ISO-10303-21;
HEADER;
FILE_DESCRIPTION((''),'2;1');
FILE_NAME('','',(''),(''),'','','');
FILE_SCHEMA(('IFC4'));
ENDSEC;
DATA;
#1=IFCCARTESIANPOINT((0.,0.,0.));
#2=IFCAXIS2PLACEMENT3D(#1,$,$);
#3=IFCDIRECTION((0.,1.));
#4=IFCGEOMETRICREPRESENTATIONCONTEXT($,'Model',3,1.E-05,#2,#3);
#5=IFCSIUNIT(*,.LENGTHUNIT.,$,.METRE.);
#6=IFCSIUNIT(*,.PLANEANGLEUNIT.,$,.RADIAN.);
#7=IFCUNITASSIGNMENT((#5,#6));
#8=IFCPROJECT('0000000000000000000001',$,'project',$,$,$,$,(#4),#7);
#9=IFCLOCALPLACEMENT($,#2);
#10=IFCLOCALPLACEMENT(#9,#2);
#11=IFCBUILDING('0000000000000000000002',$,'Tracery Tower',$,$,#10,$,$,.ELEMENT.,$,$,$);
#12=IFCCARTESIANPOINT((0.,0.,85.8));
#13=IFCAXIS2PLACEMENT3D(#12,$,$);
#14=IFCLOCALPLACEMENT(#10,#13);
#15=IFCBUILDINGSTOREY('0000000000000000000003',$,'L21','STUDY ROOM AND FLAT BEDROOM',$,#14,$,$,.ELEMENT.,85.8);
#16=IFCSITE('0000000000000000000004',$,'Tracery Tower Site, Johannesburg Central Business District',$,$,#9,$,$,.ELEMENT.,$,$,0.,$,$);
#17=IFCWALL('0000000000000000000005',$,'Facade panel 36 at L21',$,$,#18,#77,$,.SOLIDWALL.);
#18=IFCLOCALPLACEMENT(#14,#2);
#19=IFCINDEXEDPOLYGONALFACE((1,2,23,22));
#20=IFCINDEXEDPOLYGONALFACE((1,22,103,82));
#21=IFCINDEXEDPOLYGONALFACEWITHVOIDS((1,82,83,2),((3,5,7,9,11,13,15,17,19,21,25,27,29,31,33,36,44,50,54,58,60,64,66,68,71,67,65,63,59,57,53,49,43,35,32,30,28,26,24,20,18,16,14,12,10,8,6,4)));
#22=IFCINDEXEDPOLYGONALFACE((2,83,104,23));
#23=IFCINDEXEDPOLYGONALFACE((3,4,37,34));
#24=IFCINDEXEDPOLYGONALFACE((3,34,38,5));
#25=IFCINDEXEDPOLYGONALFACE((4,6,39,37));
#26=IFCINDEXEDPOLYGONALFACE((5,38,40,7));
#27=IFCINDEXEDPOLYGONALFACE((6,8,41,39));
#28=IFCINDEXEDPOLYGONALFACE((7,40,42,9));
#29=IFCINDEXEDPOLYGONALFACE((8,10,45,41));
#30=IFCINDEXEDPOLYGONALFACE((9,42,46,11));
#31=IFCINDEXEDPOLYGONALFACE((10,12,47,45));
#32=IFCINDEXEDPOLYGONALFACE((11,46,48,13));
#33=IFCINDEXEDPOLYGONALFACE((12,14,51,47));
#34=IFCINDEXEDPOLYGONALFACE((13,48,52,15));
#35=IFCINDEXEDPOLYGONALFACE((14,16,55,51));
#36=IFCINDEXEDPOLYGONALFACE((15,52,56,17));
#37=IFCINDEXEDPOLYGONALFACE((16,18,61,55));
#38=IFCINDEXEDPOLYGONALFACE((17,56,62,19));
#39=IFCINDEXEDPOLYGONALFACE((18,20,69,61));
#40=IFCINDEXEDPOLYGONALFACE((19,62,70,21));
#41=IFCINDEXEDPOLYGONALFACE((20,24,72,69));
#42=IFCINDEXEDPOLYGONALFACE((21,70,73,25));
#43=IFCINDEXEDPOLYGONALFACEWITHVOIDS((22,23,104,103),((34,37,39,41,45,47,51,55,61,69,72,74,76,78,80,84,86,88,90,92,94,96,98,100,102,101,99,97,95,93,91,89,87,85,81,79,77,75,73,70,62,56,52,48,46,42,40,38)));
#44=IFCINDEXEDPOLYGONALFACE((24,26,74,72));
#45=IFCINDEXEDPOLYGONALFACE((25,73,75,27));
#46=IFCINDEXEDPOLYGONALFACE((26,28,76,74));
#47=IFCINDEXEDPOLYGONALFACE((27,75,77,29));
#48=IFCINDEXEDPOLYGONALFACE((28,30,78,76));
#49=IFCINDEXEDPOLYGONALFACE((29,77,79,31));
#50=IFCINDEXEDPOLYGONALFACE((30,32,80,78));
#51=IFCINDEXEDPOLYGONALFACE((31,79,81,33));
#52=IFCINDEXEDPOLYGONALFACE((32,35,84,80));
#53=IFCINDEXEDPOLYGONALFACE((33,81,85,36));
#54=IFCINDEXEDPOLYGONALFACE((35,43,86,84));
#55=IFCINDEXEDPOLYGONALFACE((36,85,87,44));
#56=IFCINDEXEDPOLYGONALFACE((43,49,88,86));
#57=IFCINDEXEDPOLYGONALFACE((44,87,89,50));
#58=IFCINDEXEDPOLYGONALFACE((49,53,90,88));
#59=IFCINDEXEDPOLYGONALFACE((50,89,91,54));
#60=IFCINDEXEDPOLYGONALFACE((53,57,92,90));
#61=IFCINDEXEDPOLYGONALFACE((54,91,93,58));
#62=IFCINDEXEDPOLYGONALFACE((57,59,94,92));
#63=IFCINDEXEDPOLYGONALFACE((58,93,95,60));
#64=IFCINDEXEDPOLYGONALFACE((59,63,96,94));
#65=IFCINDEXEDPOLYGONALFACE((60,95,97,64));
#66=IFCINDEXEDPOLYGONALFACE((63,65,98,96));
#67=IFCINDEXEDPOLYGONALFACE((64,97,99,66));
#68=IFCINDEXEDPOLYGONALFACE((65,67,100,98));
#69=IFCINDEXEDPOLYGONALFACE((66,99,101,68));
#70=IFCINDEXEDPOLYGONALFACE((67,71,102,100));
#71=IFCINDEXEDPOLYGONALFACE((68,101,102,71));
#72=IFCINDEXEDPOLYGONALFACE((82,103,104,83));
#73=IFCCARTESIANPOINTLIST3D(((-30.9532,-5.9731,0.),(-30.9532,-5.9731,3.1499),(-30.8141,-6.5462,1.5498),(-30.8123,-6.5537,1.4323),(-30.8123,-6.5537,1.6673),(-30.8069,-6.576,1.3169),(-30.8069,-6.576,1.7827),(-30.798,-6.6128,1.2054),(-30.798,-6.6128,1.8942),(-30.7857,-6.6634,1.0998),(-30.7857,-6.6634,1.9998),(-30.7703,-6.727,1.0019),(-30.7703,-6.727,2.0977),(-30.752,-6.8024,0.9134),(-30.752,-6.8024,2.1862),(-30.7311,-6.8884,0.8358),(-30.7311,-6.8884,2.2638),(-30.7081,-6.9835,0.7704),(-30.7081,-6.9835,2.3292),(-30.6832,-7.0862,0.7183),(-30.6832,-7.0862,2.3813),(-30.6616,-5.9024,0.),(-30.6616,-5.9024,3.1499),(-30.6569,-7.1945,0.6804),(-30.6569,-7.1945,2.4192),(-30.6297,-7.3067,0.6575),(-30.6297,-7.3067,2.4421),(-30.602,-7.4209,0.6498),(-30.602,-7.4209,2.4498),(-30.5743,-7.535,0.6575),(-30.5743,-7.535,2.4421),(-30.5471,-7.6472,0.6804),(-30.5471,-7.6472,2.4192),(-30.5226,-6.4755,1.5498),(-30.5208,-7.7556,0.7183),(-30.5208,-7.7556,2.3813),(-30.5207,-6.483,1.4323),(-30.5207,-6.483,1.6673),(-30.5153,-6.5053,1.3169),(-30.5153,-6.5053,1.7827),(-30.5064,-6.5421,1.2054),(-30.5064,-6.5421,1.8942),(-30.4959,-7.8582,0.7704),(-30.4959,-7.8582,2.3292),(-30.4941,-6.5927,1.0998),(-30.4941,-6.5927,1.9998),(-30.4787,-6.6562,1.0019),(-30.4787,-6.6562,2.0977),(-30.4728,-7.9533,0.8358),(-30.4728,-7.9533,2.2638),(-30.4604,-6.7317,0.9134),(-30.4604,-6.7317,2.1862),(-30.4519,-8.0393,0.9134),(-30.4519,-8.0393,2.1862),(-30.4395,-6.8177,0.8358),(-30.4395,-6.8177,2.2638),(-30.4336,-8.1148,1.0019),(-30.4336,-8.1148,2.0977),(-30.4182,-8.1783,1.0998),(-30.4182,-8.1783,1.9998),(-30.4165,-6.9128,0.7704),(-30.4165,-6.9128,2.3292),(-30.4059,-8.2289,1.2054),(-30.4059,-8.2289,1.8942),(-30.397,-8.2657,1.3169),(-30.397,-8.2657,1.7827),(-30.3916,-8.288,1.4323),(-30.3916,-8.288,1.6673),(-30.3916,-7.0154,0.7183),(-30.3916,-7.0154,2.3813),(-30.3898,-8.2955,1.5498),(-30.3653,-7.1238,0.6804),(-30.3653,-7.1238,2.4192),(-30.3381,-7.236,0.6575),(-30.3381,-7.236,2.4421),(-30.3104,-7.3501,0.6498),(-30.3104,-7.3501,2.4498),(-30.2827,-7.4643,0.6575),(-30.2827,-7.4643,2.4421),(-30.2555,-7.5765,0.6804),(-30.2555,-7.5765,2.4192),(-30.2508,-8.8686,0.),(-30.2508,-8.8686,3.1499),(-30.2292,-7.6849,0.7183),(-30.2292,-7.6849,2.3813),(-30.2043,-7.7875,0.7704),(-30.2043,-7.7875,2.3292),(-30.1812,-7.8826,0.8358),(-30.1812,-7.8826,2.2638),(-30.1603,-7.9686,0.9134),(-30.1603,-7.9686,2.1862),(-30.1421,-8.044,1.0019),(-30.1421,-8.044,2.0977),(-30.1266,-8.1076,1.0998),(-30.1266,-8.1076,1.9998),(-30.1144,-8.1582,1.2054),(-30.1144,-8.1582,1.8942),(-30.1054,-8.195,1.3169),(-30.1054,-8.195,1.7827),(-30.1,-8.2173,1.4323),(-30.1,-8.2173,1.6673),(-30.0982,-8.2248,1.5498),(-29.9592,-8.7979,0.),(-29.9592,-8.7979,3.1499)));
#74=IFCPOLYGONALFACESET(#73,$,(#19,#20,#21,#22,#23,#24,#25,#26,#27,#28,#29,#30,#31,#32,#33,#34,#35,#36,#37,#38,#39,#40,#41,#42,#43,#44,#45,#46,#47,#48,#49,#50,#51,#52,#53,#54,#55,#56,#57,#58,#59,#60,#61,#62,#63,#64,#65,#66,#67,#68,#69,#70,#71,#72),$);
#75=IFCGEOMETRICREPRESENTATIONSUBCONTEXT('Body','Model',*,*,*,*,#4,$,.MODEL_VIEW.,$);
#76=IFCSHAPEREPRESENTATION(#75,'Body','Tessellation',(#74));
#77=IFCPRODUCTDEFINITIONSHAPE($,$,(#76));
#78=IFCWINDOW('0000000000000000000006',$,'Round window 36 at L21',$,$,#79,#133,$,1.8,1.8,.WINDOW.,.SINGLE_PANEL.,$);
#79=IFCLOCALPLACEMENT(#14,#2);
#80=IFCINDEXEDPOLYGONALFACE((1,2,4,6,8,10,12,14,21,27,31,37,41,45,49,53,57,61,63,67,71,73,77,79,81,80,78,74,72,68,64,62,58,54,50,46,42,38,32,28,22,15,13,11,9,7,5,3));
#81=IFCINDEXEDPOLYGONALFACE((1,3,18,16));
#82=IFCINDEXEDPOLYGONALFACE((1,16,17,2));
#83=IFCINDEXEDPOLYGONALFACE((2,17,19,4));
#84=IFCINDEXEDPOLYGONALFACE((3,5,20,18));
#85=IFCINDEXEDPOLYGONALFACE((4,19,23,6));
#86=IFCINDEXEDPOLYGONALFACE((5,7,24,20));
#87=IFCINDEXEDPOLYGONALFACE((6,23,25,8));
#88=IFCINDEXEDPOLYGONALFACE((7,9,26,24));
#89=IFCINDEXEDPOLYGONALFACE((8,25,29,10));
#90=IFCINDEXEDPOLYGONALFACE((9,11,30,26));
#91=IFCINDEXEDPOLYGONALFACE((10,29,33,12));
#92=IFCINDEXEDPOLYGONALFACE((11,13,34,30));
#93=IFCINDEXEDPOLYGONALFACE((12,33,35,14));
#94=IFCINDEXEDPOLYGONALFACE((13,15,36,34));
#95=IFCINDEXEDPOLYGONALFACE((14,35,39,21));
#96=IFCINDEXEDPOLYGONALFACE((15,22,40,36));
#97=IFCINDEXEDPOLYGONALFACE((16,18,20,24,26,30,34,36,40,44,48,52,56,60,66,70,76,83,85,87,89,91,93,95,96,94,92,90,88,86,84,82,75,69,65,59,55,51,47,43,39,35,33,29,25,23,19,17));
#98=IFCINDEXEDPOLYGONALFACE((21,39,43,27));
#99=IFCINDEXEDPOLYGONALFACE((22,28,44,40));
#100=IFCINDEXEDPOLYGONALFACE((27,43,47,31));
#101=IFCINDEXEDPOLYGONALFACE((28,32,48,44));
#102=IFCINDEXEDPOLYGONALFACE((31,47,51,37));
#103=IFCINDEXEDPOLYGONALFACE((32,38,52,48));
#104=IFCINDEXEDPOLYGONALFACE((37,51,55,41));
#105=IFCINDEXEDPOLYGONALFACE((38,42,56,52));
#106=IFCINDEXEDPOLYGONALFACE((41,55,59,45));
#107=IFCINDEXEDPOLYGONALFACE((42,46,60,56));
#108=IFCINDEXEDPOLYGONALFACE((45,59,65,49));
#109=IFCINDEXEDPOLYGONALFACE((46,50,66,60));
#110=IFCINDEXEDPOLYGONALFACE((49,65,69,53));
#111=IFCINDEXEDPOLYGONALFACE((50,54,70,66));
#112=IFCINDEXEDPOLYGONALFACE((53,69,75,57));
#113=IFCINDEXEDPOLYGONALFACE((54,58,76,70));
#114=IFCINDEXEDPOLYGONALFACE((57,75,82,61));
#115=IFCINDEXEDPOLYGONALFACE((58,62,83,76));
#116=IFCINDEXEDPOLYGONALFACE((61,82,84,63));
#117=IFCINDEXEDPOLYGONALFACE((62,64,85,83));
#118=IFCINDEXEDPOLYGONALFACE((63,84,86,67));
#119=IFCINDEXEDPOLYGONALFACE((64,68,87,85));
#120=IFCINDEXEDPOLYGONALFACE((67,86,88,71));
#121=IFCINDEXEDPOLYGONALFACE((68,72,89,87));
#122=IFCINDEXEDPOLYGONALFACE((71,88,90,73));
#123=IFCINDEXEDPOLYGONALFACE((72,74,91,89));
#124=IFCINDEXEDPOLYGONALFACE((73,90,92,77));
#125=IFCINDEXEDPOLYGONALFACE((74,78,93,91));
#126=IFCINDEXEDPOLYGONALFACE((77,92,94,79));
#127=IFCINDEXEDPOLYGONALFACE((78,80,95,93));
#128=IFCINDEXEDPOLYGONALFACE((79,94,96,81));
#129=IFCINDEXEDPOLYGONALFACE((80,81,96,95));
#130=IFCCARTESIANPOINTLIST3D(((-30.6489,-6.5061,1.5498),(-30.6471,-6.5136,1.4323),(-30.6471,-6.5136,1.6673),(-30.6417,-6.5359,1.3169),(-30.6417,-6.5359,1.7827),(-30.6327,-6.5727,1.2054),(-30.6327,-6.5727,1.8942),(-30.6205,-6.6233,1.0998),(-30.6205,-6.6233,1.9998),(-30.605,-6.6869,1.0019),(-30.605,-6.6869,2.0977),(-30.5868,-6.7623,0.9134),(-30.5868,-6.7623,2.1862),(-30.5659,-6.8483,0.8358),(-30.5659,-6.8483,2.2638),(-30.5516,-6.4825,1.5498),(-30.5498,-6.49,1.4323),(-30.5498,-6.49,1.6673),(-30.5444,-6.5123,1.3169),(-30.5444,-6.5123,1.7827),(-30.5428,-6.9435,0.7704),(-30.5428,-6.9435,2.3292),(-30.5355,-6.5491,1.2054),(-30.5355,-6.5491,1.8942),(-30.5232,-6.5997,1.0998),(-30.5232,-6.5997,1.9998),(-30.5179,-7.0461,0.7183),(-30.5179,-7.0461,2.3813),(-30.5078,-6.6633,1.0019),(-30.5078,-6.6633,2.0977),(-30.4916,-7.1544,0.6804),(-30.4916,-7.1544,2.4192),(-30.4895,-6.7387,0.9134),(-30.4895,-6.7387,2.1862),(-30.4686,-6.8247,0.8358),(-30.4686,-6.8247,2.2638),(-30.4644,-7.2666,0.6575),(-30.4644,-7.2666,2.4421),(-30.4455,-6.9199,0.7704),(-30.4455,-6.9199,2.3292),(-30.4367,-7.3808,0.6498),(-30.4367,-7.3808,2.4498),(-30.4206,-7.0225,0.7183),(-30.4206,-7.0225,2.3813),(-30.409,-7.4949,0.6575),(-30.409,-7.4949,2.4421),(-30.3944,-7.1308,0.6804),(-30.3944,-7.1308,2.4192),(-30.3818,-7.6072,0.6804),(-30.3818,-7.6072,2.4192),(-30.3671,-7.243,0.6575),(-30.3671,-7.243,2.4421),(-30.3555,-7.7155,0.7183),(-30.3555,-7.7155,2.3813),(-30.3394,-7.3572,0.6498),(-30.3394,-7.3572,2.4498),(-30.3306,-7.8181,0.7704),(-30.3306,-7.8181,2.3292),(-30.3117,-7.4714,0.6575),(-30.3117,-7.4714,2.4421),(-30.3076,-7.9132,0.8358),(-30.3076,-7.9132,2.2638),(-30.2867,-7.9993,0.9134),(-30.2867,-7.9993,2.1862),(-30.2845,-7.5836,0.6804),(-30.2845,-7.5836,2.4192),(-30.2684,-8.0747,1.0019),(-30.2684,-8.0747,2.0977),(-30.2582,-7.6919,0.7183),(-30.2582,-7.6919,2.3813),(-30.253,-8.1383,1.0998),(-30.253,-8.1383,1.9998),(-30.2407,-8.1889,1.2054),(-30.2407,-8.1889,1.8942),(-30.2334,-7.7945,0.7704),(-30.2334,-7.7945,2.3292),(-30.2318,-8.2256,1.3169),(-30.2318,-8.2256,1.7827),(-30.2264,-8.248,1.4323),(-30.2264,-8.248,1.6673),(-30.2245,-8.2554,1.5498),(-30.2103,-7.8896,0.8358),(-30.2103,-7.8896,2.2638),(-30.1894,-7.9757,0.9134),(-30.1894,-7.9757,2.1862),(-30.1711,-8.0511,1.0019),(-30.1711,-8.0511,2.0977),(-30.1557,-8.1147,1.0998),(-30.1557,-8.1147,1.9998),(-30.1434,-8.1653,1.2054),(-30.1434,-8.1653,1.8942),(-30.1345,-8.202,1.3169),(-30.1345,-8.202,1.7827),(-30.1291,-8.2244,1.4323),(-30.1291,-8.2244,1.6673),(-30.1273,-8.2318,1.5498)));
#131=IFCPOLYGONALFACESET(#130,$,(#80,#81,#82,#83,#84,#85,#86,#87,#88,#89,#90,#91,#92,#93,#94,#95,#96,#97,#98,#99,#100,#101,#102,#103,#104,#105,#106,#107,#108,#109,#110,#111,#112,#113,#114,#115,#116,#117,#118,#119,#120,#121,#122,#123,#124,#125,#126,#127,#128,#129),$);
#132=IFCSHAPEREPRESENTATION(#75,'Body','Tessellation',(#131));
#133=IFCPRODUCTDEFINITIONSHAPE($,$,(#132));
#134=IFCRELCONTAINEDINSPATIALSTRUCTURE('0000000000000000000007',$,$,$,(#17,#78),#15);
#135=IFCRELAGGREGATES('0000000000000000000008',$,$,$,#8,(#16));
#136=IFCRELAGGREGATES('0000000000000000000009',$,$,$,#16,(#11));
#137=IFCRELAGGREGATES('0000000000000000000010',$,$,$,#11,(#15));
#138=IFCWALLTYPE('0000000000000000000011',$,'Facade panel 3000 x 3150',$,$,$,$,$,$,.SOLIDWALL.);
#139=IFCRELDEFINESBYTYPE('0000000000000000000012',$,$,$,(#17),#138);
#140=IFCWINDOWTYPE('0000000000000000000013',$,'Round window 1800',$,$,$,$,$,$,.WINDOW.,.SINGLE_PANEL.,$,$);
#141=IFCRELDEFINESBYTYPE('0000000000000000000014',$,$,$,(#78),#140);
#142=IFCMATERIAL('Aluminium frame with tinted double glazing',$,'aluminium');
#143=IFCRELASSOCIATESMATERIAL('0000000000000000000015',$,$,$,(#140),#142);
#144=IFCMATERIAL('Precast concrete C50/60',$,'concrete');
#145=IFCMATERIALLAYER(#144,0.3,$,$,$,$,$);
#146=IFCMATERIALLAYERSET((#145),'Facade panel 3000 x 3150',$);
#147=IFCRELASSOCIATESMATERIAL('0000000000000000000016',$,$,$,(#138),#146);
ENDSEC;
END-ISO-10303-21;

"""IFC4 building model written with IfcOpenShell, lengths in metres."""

from ifc_helpers import new_model, si_unit, direction, frame, frame_2d, origin, origin_2d, place, context, subcontext, project, spatial, rectangle, circle, extrude, material, layer, layer_set, type_object, element, fill, save


model = new_model("IFC4")

# Units and contexts
model_context = context("Model", 3, precision=1e-05, world=origin(), true_north=direction((0.0, 1.0)))
body_context = subcontext(model_context, "Body", "Model", "MODEL_VIEW")
ifc_project = project(units=[si_unit("LENGTHUNIT", "METRE"), si_unit("PLANEANGLEUNIT", "RADIAN")], contexts=[model_context])

# Site, building, storey
site_placement = place(None, origin())
site = spatial("IfcSite", under=ifc_project, at=site_placement, Name="Tracery Tower Site, Johannesburg Central Business District", CompositionType="ELEMENT", RefElevation=0.0)
building_placement = place(site_placement, origin())
building = spatial("IfcBuilding", under=site, at=building_placement, Name="Tracery Tower", CompositionType="ELEMENT")
storey_placement = place(building_placement, frame((0.0, 0.0, 85.8)))
storey = spatial("IfcBuildingStorey", under=building, at=storey_placement, Name="L21", Description="STUDY ROOM AND FLAT BEDROOM", CompositionType="ELEMENT", Elevation=85.8)

# Wall, opening, window
ifc_material_1 = material(Name="Aluminium frame with tinted double glazing", Category="aluminium")
window_type = type_object("IfcWindowType", Name="Round window 1800", PartitioningType="SINGLE_PANEL", PredefinedType="WINDOW", material=ifc_material_1)
ifc_material_2 = material(Name="Precast concrete C50/60", Category="concrete")
ifc_layer_1 = layer(ifc_material_2, 0.3)
ifc_layer_set_1 = layer_set([ifc_layer_1], Name="Facade panel 3000 x 3150")
wall_type_1 = type_object("IfcWallType", Name="Facade panel 3000 x 3150", PredefinedType="SOLIDWALL", material=ifc_layer_set_1)
wall_1_placement = place(storey_placement, frame((-30.8074, -5.9377, 0.0), z_axis=(0.0, 0.0, 1.0), x_axis=(0.235743, -0.971815, 0.0)))
wall_1 = element("IfcWall", 1, at=wall_1_placement, inside=storey, type_object=wall_type_1, Name="Facade panel 36 at L21", PredefinedType="SOLIDWALL", context=body_context, shape_type="SweptSolid", body=[
    extrude(rectangle(XDim=2.9795, YDim=0.3, at=frame_2d((1.4897, 0.0))), origin(), (0.0, 0.0, 1.0), 3.1499),
])
opening_1_placement = place(wall_1_placement, frame((1.4897, 0.0, 1.5498)))
opening_1 = element("IfcOpeningElement", 2, at=opening_1_placement, cuts=wall_1, PredefinedType="OPENING", context=body_context, shape_type="SweptSolid", body=[
    extrude(circle(Radius=0.9, at=origin_2d()), frame((0.0, 0.1599, 0.0), z_axis=(0.0, -1.0, 0.0), x_axis=(1.0, 0.0, 0.0)), (0.0, 0.0, 1.0), 0.3201),
])
window_1_placement = place(opening_1_placement, origin())
window_1 = element("IfcWindow", 3, at=window_1_placement, inside=storey, type_object=window_type, Name="Round window 36 at L21", OverallHeight=1.8, OverallWidth=1.8, PartitioningType="SINGLE_PANEL", PredefinedType="WINDOW", context=body_context, shape_type="SweptSolid", body=[
    extrude(circle(Radius=0.9, at=origin_2d()), frame((0.0, 0.1201, 0.0), z_axis=(0.0, -1.0, 0.0), x_axis=(1.0, 0.0, 0.0)), (0.0, 0.0, 1.0), 0.1001),
])
fill(opening_1, window_1)

save(model, "model.ifc")
